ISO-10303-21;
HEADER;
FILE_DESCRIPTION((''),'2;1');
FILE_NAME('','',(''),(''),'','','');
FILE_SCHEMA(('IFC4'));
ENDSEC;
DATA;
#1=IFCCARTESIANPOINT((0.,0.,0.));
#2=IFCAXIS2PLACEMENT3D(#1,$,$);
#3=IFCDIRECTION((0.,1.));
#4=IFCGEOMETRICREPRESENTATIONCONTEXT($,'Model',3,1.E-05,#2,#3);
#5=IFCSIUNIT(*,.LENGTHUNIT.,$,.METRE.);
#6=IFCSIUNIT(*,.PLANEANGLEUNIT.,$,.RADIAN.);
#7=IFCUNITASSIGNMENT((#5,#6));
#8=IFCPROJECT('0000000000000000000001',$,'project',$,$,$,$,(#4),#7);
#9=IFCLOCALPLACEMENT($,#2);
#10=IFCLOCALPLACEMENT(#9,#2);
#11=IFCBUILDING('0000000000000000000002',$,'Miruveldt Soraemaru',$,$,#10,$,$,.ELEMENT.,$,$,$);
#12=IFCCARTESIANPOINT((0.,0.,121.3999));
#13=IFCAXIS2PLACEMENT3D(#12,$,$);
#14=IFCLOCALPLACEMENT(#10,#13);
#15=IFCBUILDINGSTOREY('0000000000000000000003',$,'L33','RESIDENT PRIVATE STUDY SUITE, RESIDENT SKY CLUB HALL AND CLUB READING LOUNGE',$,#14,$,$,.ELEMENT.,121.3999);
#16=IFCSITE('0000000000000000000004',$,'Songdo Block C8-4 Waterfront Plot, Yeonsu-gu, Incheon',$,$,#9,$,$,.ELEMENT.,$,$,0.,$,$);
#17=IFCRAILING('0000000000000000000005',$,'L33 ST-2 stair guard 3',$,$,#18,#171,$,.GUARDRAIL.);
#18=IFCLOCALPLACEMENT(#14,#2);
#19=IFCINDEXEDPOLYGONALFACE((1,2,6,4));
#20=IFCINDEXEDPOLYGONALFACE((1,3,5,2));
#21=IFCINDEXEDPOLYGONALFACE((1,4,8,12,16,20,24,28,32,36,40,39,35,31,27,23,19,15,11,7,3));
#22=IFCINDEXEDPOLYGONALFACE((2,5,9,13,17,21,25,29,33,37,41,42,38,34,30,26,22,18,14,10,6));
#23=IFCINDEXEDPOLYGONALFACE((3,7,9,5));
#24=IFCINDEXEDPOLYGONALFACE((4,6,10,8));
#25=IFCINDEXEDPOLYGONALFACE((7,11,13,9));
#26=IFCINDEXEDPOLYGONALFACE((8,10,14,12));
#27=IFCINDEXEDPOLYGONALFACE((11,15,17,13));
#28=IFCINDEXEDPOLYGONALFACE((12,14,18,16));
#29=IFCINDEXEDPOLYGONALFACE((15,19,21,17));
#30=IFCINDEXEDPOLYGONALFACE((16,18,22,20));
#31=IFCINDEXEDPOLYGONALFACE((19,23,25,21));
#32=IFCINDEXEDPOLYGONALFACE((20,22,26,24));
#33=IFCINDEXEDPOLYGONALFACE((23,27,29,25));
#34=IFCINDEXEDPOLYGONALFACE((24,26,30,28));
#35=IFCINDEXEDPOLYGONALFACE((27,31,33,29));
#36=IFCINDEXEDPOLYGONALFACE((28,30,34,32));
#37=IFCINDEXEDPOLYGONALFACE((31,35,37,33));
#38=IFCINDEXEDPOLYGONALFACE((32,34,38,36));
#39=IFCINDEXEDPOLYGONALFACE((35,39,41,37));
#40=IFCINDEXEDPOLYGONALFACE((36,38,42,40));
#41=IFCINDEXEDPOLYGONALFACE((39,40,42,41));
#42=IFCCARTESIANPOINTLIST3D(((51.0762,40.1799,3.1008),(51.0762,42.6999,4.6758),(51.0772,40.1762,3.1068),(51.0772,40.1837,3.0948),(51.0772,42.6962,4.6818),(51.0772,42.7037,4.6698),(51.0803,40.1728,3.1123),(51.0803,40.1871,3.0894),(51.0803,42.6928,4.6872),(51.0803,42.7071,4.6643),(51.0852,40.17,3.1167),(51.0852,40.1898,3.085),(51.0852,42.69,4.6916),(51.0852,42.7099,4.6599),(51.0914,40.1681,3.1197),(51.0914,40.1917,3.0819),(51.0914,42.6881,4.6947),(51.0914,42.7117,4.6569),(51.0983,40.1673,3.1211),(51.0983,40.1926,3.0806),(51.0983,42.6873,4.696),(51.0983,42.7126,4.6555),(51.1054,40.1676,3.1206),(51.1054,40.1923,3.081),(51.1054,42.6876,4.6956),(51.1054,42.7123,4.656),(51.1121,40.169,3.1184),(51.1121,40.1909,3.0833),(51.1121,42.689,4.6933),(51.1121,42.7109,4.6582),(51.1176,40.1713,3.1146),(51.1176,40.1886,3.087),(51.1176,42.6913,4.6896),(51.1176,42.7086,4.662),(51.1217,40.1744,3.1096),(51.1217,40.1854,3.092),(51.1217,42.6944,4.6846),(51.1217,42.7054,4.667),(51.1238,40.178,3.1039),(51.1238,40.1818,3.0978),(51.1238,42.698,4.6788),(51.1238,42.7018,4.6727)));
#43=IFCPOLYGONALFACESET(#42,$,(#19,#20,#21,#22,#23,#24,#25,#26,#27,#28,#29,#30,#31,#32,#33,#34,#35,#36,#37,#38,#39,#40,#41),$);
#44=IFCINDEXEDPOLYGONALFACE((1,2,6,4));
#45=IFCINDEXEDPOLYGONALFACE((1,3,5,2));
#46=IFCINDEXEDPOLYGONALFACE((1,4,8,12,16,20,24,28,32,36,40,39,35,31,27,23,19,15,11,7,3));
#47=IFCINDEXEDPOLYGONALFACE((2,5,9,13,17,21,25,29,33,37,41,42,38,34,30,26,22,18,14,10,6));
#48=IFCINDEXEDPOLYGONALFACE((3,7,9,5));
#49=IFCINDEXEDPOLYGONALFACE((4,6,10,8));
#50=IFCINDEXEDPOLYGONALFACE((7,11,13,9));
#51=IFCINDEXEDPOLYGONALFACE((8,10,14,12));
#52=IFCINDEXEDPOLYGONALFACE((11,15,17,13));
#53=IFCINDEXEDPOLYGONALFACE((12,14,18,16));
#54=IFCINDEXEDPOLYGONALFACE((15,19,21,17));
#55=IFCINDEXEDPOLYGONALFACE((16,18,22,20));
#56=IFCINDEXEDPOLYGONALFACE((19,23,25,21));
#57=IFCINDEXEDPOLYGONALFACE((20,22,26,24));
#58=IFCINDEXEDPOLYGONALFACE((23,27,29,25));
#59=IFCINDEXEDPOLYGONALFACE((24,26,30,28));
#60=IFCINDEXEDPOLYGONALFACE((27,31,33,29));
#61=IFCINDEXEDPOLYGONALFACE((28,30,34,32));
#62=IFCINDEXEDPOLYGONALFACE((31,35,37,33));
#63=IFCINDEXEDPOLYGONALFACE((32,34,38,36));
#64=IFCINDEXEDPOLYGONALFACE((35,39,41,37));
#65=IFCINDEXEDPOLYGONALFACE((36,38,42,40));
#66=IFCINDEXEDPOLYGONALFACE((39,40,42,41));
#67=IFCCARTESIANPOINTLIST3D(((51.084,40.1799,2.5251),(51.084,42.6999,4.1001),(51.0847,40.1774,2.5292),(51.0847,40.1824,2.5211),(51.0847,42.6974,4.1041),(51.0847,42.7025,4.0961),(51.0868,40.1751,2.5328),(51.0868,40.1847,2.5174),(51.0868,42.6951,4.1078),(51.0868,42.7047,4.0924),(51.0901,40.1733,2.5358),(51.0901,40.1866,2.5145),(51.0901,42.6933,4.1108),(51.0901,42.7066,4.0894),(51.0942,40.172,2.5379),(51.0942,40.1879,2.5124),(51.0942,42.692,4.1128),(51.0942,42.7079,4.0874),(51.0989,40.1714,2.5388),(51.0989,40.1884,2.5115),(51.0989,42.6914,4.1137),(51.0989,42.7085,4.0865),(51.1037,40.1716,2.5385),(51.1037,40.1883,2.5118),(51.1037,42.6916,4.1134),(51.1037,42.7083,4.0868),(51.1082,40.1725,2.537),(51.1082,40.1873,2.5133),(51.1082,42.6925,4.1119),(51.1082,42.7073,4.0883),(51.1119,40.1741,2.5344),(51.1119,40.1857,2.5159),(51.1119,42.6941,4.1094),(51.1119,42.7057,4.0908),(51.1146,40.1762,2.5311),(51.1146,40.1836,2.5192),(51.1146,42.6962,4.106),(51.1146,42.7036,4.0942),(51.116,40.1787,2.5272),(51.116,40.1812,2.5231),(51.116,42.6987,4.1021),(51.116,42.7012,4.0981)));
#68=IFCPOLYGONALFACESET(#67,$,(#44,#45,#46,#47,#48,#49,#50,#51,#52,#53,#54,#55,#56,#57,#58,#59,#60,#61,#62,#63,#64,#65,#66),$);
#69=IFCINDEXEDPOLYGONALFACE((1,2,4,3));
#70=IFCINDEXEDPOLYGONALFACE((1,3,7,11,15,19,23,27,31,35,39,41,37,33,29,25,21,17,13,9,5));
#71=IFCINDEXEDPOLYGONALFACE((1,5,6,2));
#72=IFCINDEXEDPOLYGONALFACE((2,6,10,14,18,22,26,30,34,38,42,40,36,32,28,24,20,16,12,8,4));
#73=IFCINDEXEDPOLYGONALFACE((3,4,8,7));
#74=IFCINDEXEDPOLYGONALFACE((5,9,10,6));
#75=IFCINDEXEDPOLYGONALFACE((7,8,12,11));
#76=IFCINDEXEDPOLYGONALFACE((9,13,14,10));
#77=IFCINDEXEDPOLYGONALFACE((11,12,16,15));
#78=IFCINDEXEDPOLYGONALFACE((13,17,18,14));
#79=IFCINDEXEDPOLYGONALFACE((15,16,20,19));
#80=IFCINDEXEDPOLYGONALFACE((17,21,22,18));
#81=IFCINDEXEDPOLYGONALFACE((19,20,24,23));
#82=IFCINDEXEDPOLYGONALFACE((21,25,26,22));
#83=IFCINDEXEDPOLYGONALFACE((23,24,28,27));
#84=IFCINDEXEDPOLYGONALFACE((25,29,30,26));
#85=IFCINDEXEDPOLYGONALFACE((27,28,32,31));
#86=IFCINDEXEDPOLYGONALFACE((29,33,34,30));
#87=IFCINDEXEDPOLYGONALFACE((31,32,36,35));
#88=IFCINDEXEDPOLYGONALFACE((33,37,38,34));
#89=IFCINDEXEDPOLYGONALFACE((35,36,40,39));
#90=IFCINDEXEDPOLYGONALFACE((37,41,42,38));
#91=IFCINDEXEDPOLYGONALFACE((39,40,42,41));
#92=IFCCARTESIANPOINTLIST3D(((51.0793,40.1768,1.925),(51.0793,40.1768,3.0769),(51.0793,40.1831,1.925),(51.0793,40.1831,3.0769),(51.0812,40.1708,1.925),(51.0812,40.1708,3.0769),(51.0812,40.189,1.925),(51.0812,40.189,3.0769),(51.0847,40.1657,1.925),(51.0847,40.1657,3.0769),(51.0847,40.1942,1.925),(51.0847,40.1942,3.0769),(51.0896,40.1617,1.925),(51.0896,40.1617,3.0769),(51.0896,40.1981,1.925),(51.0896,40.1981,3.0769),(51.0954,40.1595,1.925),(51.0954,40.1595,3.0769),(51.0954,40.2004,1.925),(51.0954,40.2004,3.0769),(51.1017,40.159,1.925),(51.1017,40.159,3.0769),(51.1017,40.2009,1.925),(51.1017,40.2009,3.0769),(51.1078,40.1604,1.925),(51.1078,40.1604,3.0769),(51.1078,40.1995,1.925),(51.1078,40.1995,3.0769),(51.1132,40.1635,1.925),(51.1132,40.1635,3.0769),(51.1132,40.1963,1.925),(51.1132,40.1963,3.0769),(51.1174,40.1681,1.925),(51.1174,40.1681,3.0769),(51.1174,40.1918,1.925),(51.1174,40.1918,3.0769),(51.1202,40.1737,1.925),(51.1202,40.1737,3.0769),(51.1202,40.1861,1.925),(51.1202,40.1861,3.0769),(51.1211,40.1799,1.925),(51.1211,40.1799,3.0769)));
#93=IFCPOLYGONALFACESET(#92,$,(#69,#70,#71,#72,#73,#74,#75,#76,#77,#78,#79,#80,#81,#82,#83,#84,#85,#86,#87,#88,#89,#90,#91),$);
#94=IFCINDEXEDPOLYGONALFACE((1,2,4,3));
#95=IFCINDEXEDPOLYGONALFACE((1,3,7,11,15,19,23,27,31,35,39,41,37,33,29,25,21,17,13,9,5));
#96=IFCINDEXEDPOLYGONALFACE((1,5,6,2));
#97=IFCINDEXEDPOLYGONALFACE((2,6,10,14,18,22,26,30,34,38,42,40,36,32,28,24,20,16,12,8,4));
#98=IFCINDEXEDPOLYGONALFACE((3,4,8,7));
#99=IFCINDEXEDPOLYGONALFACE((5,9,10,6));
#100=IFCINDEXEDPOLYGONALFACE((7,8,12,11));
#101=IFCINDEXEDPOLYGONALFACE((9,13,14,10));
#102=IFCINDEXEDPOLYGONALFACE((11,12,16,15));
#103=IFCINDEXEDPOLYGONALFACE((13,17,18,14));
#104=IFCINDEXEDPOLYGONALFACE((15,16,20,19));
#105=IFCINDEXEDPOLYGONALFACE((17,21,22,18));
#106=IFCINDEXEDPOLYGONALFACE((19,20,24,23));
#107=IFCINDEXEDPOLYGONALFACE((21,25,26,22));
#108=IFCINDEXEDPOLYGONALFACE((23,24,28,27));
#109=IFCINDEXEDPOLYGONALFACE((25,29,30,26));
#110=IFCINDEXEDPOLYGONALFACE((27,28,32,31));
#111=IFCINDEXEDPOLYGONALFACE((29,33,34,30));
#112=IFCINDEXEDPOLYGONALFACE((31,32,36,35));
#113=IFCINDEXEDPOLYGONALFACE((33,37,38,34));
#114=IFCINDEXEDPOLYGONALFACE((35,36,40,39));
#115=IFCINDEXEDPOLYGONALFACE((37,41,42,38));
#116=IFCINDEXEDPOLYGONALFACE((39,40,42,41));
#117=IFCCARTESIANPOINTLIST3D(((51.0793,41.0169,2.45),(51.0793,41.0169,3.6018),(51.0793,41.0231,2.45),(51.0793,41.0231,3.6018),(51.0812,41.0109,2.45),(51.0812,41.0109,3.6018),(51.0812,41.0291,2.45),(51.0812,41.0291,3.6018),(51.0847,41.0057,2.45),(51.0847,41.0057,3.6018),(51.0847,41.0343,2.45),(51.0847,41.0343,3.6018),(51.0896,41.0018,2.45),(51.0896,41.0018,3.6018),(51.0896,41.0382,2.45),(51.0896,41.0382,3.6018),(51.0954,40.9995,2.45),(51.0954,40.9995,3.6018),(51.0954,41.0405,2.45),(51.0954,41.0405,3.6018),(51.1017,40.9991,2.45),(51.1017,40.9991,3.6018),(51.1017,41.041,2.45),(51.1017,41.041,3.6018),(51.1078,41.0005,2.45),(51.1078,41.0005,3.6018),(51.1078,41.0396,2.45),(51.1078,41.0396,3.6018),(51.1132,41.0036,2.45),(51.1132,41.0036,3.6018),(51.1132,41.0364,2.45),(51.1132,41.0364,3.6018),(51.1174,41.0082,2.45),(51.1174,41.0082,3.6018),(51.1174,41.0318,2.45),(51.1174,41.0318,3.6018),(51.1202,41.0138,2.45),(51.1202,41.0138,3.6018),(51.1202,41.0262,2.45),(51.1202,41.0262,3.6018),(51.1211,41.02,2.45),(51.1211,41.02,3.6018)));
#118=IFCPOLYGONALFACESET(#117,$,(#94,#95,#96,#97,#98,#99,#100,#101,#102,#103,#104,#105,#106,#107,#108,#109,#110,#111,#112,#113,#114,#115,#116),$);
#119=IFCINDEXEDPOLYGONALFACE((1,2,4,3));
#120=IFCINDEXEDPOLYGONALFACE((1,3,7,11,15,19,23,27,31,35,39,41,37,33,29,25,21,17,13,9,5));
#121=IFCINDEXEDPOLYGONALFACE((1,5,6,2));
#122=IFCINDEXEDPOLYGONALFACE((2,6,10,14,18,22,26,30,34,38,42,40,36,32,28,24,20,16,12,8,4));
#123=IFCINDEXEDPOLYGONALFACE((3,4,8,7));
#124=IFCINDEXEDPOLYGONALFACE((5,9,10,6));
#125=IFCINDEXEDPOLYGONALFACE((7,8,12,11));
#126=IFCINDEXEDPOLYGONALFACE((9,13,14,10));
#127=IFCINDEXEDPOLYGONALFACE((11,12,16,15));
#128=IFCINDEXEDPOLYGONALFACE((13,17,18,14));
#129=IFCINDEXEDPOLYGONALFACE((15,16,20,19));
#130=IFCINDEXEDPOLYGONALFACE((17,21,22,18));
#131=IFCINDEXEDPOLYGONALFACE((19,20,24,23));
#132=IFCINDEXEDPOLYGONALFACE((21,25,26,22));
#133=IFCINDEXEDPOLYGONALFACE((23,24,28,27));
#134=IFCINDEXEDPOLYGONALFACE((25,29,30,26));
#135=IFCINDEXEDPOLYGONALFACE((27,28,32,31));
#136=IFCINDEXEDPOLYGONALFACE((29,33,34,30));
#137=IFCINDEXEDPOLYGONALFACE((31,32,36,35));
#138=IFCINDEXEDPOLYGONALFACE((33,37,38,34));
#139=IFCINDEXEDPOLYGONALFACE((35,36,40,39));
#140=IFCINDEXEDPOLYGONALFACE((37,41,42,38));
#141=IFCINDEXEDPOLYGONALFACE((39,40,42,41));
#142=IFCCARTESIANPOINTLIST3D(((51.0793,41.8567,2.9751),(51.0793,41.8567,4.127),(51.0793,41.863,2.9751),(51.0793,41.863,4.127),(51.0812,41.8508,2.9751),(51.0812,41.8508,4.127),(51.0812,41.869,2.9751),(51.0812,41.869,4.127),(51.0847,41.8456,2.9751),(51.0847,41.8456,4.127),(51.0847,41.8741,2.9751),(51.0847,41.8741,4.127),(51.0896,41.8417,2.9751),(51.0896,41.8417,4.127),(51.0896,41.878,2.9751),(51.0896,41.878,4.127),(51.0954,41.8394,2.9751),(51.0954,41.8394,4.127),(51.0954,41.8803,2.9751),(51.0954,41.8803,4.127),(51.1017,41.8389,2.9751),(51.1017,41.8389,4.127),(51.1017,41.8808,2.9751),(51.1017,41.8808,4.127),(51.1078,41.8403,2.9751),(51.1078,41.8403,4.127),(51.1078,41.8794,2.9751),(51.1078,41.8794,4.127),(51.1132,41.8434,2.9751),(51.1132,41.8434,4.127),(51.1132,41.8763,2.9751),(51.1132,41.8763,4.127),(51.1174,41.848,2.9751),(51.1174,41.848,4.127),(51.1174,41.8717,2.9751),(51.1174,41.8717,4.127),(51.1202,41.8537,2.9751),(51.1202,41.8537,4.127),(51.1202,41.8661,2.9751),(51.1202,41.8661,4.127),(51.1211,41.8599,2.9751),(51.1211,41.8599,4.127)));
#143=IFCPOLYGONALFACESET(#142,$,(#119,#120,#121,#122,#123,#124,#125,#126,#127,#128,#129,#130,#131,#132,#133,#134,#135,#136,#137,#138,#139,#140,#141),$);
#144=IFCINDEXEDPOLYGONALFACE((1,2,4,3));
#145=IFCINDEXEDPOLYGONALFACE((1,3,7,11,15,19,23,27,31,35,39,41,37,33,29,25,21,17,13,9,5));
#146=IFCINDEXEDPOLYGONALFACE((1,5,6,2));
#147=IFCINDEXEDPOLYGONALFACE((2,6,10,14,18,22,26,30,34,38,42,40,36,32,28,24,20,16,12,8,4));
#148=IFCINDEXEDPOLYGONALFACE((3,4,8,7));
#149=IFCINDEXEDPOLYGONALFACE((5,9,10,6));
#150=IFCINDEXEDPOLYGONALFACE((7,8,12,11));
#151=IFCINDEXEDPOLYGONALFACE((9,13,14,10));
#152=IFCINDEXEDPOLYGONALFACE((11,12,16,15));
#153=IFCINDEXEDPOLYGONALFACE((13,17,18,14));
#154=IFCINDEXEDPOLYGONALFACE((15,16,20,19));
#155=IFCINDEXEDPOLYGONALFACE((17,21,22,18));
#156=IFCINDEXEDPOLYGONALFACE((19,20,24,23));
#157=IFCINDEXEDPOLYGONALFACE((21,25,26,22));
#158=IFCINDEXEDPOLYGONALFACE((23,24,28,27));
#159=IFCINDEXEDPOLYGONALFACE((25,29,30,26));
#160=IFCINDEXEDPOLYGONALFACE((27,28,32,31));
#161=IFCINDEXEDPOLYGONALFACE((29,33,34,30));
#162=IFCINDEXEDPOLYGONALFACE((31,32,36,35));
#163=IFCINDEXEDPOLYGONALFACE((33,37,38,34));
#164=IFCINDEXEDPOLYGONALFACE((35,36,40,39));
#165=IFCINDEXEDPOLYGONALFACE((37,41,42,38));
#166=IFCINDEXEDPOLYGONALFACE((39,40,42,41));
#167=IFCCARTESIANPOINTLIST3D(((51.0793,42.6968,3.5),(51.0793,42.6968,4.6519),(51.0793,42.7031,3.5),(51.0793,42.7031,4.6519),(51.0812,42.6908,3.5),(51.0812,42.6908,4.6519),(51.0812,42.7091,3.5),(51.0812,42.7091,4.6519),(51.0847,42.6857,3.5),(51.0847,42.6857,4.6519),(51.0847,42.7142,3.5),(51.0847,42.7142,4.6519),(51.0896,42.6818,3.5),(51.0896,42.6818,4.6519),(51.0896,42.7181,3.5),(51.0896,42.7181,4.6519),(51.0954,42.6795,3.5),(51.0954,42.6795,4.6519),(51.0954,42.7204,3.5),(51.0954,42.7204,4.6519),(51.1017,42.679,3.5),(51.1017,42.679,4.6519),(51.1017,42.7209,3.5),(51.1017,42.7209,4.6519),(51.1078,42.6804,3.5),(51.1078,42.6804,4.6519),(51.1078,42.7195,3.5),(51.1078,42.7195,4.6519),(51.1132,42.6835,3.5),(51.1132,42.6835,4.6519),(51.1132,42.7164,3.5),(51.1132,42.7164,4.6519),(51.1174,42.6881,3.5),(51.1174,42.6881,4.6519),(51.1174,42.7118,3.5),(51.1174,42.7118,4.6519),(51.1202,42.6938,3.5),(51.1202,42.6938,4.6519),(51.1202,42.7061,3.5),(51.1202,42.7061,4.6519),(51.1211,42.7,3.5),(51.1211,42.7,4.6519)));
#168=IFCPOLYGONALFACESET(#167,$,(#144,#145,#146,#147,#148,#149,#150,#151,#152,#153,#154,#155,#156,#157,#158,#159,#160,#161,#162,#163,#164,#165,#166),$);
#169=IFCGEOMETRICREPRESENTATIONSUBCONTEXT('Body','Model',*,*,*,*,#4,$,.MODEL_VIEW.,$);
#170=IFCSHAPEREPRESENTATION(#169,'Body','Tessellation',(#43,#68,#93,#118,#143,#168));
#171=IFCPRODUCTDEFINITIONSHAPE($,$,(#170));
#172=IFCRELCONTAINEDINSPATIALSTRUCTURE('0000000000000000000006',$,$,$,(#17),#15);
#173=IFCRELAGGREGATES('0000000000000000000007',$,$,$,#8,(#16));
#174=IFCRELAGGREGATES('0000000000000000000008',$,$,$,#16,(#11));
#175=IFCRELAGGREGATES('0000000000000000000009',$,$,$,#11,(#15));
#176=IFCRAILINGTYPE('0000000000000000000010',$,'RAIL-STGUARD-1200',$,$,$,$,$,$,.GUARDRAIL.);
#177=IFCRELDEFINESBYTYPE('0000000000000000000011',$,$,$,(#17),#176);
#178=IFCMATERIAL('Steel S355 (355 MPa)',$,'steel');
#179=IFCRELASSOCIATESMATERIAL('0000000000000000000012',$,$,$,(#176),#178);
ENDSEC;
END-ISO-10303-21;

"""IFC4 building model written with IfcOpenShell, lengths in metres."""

from ifc_helpers import new_model, si_unit, direction, frame, origin, origin_2d, place, context, subcontext, project, spatial, circle, extrude, material, type_object, element, save


model = new_model("IFC4")

# Units and contexts
model_context = context("Model", 3, precision=1e-05, world=origin(), true_north=direction((0.0, 1.0)))
body_context = subcontext(model_context, "Body", "Model", "MODEL_VIEW")
ifc_project = project(units=[si_unit("LENGTHUNIT", "METRE"), si_unit("PLANEANGLEUNIT", "RADIAN")], contexts=[model_context])

# Site, building, storey
site_placement = place(None, origin())
site = spatial("IfcSite", under=ifc_project, at=site_placement, Name="Songdo Block C8-4 Waterfront Plot, Yeonsu-gu, Incheon", CompositionType="ELEMENT", RefElevation=0.0)
building_placement = place(site_placement, origin())
building = spatial("IfcBuilding", under=site, at=building_placement, Name="Miruveldt Soraemaru", CompositionType="ELEMENT")
storey_placement = place(building_placement, frame((0.0, 0.0, 121.3999)))
storey = spatial("IfcBuildingStorey", under=building, at=storey_placement, Name="L33", Description="RESIDENT PRIVATE STUDY SUITE, RESIDENT SKY CLUB HALL AND CLUB READING LOUNGE", CompositionType="ELEMENT", Elevation=121.3999)

# Railing
ifc_material_1 = material(Name="Steel S355 (355 MPa)", Category="steel")
railing_type_1 = type_object("IfcRailingType", Name="RAIL-STGUARD-1200", PredefinedType="GUARDRAIL", material=ifc_material_1)
railing_1_placement = place(storey_placement, frame((51.1001, 40.1799, 1.925)))
element("IfcRailing", 1, at=railing_1_placement, inside=storey, type_object=railing_type_1, Name="L33 ST-2 stair guard 3", PredefinedType="GUARDRAIL", context=body_context, shape_type="SweptSolid", body=[
    extrude(circle(Radius=0.0239, at=origin_2d()), frame((0.0, 0.0, 1.1758), z_axis=(0.0, 0.848008, 0.529984), x_axis=(-1.0, 0.0, 0.0)), (0.0, 0.0, 1.0), 2.9717),
    extrude(circle(Radius=0.0161, at=origin_2d()), frame((0.0, 0.0, 0.6001), z_axis=(0.0, 0.848008, 0.529984), x_axis=(-1.0, 0.0, 0.0)), (0.0, 0.0, 1.0), 2.9717),
    extrude(circle(Radius=0.021, at=origin_2d()), origin(), (0.0, 0.0, 1.0), 1.1519),
    extrude(circle(Radius=0.021, at=origin_2d()), frame((0.0, 0.8401, 0.5249)), (0.0, 0.0, 1.0), 1.1519),
    extrude(circle(Radius=0.021, at=origin_2d()), frame((0.0, 1.6799, 1.05)), (0.0, 0.0, 1.0), 1.1519),
    extrude(circle(Radius=0.021, at=origin_2d()), frame((0.0, 2.52, 1.575)), (0.0, 0.0, 1.0), 1.1519),
])

save(model, "model.ifc")
